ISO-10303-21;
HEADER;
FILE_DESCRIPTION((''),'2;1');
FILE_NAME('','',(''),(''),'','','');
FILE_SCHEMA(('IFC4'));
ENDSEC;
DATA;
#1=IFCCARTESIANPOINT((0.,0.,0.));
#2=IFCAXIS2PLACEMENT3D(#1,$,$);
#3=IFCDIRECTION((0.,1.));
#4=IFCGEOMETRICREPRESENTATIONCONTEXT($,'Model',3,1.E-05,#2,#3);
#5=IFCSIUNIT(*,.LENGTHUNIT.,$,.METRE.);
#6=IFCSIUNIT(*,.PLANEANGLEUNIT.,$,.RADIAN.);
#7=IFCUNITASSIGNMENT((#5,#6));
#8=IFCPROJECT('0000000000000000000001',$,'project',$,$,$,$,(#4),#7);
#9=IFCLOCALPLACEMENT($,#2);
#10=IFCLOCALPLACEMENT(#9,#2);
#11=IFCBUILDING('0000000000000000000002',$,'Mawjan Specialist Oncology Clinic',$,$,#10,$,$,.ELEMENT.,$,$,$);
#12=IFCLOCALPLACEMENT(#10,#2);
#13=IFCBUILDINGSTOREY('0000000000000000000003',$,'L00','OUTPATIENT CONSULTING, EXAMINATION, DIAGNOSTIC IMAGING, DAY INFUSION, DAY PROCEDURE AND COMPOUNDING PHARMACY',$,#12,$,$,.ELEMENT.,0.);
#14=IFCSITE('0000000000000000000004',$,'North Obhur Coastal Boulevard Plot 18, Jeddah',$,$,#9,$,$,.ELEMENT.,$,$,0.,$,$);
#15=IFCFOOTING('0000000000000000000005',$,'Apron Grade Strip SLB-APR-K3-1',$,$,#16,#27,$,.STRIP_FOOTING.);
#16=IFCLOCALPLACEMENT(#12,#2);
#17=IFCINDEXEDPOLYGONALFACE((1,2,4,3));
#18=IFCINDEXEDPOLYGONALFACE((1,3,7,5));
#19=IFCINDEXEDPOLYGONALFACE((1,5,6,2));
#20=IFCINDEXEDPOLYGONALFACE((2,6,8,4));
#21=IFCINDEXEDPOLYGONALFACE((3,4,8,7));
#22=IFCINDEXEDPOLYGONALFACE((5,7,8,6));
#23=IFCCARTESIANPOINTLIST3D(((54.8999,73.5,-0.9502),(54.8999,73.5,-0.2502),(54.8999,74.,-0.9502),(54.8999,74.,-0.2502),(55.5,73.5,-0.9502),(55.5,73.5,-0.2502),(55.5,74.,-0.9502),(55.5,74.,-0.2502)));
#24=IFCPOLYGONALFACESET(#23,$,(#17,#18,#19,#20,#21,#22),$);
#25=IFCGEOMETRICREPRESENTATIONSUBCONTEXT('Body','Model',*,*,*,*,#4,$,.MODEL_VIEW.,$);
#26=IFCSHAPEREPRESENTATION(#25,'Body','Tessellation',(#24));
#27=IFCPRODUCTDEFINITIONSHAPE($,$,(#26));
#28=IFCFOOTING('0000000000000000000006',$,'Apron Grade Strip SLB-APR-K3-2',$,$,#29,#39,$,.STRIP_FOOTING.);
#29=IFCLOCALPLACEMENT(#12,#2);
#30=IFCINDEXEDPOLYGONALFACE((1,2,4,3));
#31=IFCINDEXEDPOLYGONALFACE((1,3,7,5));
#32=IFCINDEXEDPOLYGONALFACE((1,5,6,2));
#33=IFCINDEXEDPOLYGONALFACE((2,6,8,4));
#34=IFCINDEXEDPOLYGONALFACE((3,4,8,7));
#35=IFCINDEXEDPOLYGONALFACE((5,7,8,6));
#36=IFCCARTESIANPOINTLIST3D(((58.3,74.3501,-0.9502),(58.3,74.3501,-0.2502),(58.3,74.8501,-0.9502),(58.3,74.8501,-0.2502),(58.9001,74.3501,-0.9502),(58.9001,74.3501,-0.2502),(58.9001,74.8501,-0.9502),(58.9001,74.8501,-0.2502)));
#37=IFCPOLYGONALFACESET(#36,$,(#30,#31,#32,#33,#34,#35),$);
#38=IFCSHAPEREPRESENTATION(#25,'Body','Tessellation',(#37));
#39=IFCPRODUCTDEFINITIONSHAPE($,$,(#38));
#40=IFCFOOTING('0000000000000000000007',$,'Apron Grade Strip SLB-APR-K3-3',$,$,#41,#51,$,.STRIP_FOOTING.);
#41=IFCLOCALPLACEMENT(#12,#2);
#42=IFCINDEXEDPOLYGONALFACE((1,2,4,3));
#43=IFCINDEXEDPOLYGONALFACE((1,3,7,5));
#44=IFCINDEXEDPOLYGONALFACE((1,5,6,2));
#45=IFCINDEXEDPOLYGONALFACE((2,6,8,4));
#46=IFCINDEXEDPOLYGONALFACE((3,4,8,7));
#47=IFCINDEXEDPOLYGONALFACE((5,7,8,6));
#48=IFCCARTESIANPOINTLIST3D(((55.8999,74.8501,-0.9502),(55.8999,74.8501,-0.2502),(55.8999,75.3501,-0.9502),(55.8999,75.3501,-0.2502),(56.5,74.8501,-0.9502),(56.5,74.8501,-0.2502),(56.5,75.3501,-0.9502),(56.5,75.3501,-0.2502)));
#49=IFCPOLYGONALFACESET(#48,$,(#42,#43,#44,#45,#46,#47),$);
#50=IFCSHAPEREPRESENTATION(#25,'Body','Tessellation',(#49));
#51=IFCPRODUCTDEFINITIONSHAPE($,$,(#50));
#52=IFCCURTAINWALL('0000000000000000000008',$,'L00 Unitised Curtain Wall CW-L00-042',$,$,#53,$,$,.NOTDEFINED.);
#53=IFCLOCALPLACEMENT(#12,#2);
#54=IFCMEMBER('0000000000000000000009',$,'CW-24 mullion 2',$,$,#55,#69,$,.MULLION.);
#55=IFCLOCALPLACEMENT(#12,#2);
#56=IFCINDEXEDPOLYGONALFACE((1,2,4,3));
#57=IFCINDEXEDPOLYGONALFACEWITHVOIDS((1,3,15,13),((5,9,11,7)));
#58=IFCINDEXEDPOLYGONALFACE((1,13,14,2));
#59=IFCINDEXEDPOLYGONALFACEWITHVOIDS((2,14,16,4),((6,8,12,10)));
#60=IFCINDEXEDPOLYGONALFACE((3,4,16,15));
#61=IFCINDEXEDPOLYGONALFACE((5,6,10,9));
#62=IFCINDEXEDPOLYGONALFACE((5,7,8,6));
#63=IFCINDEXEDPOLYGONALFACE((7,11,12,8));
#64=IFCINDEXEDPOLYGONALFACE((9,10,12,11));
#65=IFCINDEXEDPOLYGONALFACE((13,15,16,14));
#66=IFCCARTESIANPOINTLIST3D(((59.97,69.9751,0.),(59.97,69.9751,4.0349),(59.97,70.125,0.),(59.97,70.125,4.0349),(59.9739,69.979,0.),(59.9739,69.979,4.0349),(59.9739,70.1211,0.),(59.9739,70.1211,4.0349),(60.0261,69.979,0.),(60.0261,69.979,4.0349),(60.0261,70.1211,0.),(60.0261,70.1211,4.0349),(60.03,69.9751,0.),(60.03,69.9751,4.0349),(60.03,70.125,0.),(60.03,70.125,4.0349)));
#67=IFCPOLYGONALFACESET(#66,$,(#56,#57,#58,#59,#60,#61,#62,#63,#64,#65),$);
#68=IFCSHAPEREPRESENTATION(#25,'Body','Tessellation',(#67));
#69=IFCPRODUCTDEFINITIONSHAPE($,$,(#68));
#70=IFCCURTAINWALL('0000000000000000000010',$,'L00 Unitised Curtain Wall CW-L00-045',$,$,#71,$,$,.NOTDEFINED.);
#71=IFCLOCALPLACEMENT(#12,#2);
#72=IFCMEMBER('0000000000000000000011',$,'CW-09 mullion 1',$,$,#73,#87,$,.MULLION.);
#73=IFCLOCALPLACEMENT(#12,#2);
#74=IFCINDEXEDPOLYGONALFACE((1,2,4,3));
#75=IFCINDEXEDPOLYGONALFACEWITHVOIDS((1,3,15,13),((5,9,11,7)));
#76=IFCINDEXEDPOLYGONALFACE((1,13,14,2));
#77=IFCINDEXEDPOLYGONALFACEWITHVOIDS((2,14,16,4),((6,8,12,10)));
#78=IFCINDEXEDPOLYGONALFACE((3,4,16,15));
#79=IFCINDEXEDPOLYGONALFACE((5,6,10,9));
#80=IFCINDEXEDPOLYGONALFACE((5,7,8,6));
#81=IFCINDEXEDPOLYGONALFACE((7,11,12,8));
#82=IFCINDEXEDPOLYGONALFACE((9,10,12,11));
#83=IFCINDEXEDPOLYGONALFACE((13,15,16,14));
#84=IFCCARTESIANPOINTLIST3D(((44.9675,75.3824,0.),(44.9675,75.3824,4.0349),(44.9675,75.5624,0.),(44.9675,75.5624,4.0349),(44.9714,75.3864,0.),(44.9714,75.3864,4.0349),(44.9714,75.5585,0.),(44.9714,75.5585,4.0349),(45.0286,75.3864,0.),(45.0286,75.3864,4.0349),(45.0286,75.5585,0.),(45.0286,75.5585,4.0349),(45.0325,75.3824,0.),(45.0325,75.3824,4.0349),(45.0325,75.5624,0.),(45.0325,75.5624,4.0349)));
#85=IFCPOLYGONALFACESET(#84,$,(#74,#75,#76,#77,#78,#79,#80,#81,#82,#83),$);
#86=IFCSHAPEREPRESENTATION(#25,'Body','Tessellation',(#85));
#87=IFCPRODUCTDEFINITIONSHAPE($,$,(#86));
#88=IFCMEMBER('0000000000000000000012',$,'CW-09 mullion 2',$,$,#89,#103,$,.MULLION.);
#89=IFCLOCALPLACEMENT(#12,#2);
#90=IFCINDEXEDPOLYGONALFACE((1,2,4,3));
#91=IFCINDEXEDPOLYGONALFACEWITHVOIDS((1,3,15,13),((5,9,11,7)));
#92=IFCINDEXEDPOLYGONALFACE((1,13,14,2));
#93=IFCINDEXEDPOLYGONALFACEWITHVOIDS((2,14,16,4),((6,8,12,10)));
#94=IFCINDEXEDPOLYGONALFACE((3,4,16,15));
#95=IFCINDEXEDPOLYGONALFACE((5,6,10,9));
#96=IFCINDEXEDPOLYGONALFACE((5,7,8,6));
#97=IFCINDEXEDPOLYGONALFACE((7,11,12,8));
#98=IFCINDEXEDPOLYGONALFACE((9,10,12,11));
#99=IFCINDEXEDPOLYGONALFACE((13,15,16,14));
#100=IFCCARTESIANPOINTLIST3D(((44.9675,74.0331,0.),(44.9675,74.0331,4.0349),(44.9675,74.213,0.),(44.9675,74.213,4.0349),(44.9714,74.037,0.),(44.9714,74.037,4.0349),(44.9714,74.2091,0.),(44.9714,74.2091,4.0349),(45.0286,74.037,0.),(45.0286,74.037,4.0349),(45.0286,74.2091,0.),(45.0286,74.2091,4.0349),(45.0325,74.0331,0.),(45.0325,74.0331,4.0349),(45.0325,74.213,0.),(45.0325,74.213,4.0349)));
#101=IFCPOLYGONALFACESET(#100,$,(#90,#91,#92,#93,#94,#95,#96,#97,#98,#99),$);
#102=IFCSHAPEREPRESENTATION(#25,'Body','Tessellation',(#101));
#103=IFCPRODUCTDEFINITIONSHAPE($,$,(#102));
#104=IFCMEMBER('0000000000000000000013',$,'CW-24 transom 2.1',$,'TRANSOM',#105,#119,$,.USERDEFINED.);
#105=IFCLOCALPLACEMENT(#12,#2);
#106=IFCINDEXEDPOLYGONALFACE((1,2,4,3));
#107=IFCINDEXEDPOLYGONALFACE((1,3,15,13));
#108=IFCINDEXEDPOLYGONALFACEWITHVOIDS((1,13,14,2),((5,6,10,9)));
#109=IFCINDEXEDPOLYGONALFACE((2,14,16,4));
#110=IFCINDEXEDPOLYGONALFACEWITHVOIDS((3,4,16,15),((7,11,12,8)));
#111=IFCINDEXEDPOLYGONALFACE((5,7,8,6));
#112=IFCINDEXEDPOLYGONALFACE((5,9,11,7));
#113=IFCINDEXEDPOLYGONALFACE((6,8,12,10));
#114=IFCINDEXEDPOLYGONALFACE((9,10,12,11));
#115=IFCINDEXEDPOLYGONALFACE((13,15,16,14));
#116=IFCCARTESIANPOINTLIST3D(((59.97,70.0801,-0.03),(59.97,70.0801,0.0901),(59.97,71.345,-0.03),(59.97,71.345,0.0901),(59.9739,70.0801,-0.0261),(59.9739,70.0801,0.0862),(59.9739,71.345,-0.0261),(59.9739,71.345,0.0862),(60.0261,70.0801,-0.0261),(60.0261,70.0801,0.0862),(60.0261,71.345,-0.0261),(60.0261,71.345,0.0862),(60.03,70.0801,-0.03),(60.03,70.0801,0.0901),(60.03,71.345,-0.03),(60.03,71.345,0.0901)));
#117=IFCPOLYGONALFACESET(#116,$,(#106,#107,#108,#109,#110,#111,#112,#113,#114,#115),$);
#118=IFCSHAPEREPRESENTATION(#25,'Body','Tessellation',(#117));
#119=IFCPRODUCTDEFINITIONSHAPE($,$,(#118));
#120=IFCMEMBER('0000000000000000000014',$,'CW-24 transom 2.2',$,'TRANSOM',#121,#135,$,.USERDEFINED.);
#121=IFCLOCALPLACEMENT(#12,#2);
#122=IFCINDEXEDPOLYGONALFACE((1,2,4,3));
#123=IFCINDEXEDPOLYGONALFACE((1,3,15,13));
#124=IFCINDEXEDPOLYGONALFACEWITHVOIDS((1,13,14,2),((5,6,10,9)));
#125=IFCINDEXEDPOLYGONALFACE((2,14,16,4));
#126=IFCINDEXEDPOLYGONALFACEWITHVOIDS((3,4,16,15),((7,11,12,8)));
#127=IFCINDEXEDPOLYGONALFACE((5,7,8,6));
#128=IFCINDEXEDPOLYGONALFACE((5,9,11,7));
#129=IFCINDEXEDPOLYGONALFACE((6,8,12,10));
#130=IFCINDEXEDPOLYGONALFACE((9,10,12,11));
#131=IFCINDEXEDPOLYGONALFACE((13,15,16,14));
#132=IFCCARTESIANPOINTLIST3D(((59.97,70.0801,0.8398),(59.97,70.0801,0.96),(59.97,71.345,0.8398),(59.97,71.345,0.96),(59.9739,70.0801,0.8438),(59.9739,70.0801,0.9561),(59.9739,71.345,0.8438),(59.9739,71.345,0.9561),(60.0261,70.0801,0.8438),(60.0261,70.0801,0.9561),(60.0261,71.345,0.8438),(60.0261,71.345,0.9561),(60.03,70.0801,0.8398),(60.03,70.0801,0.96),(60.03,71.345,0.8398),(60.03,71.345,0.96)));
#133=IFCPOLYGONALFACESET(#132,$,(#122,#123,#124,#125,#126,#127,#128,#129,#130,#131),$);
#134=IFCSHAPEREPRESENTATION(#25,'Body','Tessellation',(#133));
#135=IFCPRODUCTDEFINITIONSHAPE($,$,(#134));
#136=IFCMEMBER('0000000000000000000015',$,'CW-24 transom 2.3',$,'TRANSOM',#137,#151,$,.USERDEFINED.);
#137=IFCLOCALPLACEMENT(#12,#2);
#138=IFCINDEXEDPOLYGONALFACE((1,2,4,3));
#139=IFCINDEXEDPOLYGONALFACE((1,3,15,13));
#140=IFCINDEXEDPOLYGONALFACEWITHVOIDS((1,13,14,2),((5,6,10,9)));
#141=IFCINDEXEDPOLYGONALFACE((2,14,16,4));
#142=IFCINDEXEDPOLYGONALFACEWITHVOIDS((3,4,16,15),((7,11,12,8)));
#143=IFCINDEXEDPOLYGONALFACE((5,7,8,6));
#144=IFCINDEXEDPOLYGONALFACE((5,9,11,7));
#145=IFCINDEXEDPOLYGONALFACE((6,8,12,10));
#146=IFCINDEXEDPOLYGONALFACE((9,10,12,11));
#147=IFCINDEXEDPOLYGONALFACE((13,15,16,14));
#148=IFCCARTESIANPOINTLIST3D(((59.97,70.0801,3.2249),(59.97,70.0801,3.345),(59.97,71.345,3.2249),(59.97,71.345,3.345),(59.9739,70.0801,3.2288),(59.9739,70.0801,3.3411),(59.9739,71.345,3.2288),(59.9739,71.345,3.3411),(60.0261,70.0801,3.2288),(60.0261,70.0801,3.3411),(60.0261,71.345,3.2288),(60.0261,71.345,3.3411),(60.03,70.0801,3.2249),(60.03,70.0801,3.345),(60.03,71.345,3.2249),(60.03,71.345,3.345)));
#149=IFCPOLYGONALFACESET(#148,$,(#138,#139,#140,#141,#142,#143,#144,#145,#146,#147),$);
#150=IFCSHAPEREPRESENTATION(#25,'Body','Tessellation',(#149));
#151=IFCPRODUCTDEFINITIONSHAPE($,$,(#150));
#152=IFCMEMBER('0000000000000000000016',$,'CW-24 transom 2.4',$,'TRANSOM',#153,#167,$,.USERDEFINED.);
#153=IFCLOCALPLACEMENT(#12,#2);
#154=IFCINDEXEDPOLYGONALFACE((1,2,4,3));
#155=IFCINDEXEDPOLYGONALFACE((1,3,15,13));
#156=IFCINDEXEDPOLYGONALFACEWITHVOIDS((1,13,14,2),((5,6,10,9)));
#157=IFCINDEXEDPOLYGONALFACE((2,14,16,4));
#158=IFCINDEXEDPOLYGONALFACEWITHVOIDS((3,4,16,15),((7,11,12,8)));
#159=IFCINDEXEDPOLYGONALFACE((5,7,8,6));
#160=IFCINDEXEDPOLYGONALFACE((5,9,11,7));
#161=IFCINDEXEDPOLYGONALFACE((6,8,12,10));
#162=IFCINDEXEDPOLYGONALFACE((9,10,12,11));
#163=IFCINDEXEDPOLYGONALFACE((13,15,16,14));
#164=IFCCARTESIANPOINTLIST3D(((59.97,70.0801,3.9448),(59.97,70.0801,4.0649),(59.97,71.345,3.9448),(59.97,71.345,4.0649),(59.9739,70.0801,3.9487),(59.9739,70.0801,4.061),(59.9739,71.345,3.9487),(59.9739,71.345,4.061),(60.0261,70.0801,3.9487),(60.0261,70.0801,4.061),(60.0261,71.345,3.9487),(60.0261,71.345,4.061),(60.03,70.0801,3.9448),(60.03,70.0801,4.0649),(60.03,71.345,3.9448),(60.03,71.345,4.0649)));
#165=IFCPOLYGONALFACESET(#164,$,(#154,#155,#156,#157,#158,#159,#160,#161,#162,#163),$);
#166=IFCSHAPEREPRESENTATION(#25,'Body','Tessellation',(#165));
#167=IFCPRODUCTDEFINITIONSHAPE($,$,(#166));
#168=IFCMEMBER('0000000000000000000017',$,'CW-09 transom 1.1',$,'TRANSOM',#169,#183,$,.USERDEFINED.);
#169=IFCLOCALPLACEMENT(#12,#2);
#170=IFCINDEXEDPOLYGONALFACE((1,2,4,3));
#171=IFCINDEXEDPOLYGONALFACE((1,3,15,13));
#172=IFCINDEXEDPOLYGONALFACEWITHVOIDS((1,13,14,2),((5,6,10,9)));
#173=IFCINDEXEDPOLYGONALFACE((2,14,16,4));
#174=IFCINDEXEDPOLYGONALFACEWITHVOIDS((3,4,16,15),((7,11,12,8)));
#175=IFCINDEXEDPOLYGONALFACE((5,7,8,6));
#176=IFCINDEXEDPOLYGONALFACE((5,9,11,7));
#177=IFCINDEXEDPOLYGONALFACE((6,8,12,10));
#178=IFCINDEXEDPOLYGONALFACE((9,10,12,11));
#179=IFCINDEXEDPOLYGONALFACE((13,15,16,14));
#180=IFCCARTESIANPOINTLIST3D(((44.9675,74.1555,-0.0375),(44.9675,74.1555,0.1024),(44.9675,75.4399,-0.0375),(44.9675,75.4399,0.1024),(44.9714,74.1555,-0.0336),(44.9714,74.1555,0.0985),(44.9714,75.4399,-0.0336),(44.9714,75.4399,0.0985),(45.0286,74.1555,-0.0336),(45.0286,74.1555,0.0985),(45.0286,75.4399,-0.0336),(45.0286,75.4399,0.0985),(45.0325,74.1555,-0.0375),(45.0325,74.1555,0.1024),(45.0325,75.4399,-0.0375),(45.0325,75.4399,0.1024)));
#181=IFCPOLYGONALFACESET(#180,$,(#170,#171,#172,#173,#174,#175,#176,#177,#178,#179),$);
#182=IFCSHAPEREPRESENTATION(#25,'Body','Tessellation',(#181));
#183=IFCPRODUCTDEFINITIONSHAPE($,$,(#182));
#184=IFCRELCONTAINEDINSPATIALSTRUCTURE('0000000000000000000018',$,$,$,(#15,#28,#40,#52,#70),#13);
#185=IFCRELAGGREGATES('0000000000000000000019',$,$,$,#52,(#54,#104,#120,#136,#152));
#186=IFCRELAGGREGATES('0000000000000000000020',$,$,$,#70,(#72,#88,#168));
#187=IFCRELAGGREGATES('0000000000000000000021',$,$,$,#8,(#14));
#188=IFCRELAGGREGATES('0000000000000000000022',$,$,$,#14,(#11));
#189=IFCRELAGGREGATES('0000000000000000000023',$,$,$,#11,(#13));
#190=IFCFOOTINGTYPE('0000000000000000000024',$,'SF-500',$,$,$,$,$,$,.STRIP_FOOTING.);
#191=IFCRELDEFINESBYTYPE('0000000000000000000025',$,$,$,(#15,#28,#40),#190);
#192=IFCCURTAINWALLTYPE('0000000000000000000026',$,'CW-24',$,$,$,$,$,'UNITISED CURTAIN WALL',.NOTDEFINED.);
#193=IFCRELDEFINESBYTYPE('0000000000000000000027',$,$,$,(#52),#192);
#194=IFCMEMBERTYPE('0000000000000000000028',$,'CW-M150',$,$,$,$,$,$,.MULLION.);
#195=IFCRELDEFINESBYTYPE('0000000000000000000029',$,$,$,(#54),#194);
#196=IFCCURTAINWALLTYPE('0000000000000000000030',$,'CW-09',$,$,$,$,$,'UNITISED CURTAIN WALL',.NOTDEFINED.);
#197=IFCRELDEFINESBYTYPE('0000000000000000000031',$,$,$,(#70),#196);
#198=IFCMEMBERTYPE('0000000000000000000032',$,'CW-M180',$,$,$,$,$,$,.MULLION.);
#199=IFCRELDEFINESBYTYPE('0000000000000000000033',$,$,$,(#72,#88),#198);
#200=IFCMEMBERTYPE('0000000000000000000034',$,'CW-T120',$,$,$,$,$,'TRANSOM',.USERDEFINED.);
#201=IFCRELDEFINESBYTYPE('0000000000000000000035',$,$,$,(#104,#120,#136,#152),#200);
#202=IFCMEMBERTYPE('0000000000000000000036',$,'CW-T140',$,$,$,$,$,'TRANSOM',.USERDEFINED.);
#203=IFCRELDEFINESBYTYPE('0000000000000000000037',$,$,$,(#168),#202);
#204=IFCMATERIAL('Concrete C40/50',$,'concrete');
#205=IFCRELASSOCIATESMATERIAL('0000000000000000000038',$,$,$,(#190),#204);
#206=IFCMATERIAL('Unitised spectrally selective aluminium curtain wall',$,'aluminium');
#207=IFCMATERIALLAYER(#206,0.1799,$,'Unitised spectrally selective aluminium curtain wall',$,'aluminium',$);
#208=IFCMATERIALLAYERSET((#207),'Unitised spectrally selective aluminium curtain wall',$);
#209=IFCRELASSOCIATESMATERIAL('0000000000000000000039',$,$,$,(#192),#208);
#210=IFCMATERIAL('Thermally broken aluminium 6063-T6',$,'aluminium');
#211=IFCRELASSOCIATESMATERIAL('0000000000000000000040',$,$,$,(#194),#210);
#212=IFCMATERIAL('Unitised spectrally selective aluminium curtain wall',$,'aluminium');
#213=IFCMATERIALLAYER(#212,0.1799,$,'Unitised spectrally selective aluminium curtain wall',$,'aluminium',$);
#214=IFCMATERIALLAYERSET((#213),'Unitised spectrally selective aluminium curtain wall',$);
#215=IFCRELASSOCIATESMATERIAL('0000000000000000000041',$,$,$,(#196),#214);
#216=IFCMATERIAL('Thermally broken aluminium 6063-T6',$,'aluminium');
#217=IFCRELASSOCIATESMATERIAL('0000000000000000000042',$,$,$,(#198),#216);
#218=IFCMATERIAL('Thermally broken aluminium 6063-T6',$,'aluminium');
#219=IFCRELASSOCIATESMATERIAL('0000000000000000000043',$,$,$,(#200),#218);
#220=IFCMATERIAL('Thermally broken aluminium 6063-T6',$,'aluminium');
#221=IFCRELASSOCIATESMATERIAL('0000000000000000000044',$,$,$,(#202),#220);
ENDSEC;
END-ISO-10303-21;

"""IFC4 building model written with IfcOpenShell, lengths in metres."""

from ifc_helpers import new_model, si_unit, direction, frame, origin, origin_2d, place, context, subcontext, project, spatial, rectangle, hollow_rectangle, extrude, material, layer, layer_set, material_profile, profile_set, type_object, element, aggregate, save


model = new_model("IFC4")

# Units and contexts
model_context = context("Model", 3, precision=1e-05, world=origin(), true_north=direction((0.0, 1.0)))
body_context = subcontext(model_context, "Body", "Model", "MODEL_VIEW")
ifc_project = project(units=[si_unit("LENGTHUNIT", "METRE"), si_unit("PLANEANGLEUNIT", "RADIAN")], contexts=[model_context])

# Site, building, storey
site_placement = place(None, origin())
site = spatial("IfcSite", under=ifc_project, at=site_placement, Name="North Obhur Coastal Boulevard Plot 18, Jeddah", CompositionType="ELEMENT", RefElevation=0.0)
building_placement = place(site_placement, origin())
building = spatial("IfcBuilding", under=site, at=building_placement, Name="Mawjan Specialist Oncology Clinic", CompositionType="ELEMENT")
storey_placement = place(building_placement, origin())
storey = spatial("IfcBuildingStorey", under=building, at=storey_placement, Name="L00", Description="OUTPATIENT CONSULTING, EXAMINATION, DIAGNOSTIC IMAGING, DAY INFUSION, DAY PROCEDURE AND COMPOUNDING PHARMACY", CompositionType="ELEMENT", Elevation=0.0)

# Footings
ifc_material_1 = material(Name="Concrete C40/50", Category="concrete")
footing_type = type_object("IfcFootingType", Name="SF-500", PredefinedType="STRIP_FOOTING", material=ifc_material_1)
for number, where, z_axis, x_axis, name in (
    (1, (55.2, 73.75, -0.9502), (0.0, 0.0, 1.0), (1.0, 0.0, 0.0), "Apron Grade Strip SLB-APR-K3-1"),
    (2, (58.6001, 74.6001, -0.9502), (0.0, 0.0, 1.0), (1.0, 0.0, 0.0), "Apron Grade Strip SLB-APR-K3-2"),
    (3, (56.2, 75.1001, -0.9502), (0.0, 0.0, 1.0), (1.0, 0.0, 0.0), "Apron Grade Strip SLB-APR-K3-3"),
):
    element("IfcFooting", number, at=place(storey_placement, frame(where, z_axis=z_axis, x_axis=x_axis)), inside=storey, type_object=footing_type, Name=name, PredefinedType="STRIP_FOOTING", context=body_context, shape_type="SweptSolid", body=[
        extrude(rectangle(XDim=0.6001, YDim=0.5, at=origin_2d()), origin(), (0.0, 0.0, 1.0), 0.7),
    ])

# Curtain wall, member
ifc_material_2 = material(Name="Unitised spectrally selective aluminium curtain wall", Category="aluminium")
ifc_layer_1 = layer(ifc_material_2, 0.1799, Name="Unitised spectrally selective aluminium curtain wall", Category="aluminium")
ifc_layer_set_1 = layer_set([ifc_layer_1], Name="Unitised spectrally selective aluminium curtain wall")
curtain_wall_type_1 = type_object("IfcCurtainWallType", Name="CW-24", ElementType="UNITISED CURTAIN WALL", PredefinedType="NOTDEFINED", material=ifc_layer_set_1)
curtain_wall_1_placement = place(storey_placement, origin())
curtain_wall_1 = element("IfcCurtainWall", 4, at=curtain_wall_1_placement, inside=storey, type_object=curtain_wall_type_1, Name="L00 Unitised Curtain Wall CW-L00-042", PredefinedType="NOTDEFINED")
ifc_material_3 = material(Name="Thermally broken aluminium 6063-T6", Category="aluminium")
ifc_material_profile_1 = material_profile(ifc_material_3, hollow_rectangle(XDim=0.0601, YDim=0.1499, WallThickness=0.0039, at=origin_2d()), Name="ALU MULLION 150x60x4", Category="aluminium")
ifc_profile_set_1 = profile_set([ifc_material_profile_1], Name="Thermally broken aluminium 6063-T6")
member_type_1 = type_object("IfcMemberType", Name="CW-M150", PredefinedType="MULLION", material=ifc_profile_set_1)
member_1_placement = place(storey_placement, frame((60.0, 70.05, 0.0), z_axis=(0.0, 0.0, 1.0), x_axis=(-1.0, 0.0, 0.0)))
member_1 = element("IfcMember", 5, at=member_1_placement, type_object=member_type_1, Name="CW-24 mullion 2", PredefinedType="MULLION", context=body_context, shape_type="SweptSolid", body=[
    extrude(hollow_rectangle(XDim=0.0601, YDim=0.1499, WallThickness=0.0039, at=origin_2d()), origin(), (0.0, 0.0, 1.0), 4.0349),
])

# Curtain wall, members
ifc_material_4 = material(Name="Unitised spectrally selective aluminium curtain wall", Category="aluminium")
ifc_layer_2 = layer(ifc_material_4, 0.1799, Name="Unitised spectrally selective aluminium curtain wall", Category="aluminium")
ifc_layer_set_2 = layer_set([ifc_layer_2], Name="Unitised spectrally selective aluminium curtain wall")
curtain_wall_type_2 = type_object("IfcCurtainWallType", Name="CW-09", ElementType="UNITISED CURTAIN WALL", PredefinedType="NOTDEFINED", material=ifc_layer_set_2)
curtain_wall_2_placement = place(storey_placement, origin())
curtain_wall_2 = element("IfcCurtainWall", 6, at=curtain_wall_2_placement, inside=storey, type_object=curtain_wall_type_2, Name="L00 Unitised Curtain Wall CW-L00-045", PredefinedType="NOTDEFINED")
ifc_material_5 = material(Name="Thermally broken aluminium 6063-T6", Category="aluminium")
ifc_material_profile_2 = material_profile(ifc_material_5, hollow_rectangle(XDim=0.0649, YDim=0.1799, WallThickness=0.0039, at=origin_2d()), Name="ALU MULLION 180x65x4", Category="aluminium")
ifc_profile_set_2 = profile_set([ifc_material_profile_2], Name="Thermally broken aluminium 6063-T6")
member_type_2 = type_object("IfcMemberType", Name="CW-M180", PredefinedType="MULLION", material=ifc_profile_set_2)
member_2_placement = place(storey_placement, frame((45.0, 75.4724, 0.0), z_axis=(0.0, 0.0, 1.0), x_axis=(1.0, 0.0, 0.0)))
member_2 = element("IfcMember", 7, at=member_2_placement, type_object=member_type_2, Name="CW-09 mullion 1", PredefinedType="MULLION", context=body_context, shape_type="SweptSolid", body=[
    extrude(hollow_rectangle(XDim=0.0649, YDim=0.1799, WallThickness=0.0039, at=origin_2d()), origin(), (0.0, 0.0, 1.0), 4.0349),
])
member_3_placement = place(storey_placement, frame((45.0, 74.123, 0.0), z_axis=(0.0, 0.0, 1.0), x_axis=(1.0, 0.0, 0.0)))
member_3 = element("IfcMember", 8, at=member_3_placement, type_object=member_type_2, Name="CW-09 mullion 2", PredefinedType="MULLION", context=body_context, shape_type="SweptSolid", body=[
    extrude(hollow_rectangle(XDim=0.0649, YDim=0.1799, WallThickness=0.0039, at=origin_2d()), origin(), (0.0, 0.0, 1.0), 4.0349),
])

# Members
ifc_material_6 = material(Name="Thermally broken aluminium 6063-T6", Category="aluminium")
ifc_material_profile_3 = material_profile(ifc_material_6, hollow_rectangle(XDim=0.0601, YDim=0.1201, WallThickness=0.0039, at=origin_2d()), Name="ALU TRANSOM 120x60x4", Category="aluminium")
ifc_profile_set_3 = profile_set([ifc_material_profile_3], Name="Thermally broken aluminium 6063-T6")
member_type_3 = type_object("IfcMemberType", Name="CW-T120", ElementType="TRANSOM", PredefinedType="USERDEFINED", material=ifc_profile_set_3)
member_4_placement = place(storey_placement, frame((60.0, 70.0801, 0.03), z_axis=(0.0, 1.0, 0.0), x_axis=(-1.0, 0.0, 0.0)))
member_4 = element("IfcMember", 9, at=member_4_placement, type_object=member_type_3, Name="CW-24 transom 2.1", ObjectType="TRANSOM", PredefinedType="USERDEFINED", context=body_context, shape_type="SweptSolid", body=[
    extrude(hollow_rectangle(XDim=0.0601, YDim=0.1201, WallThickness=0.0039, at=origin_2d()), origin(), (0.0, 0.0, 1.0), 1.2649),
])
member_5_placement = place(storey_placement, frame((60.0, 70.0801, 0.8999), z_axis=(0.0, 1.0, 0.0), x_axis=(-1.0, 0.0, 0.0)))
member_5 = element("IfcMember", 10, at=member_5_placement, type_object=member_type_3, Name="CW-24 transom 2.2", ObjectType="TRANSOM", PredefinedType="USERDEFINED", context=body_context, shape_type="SweptSolid", body=[
    extrude(hollow_rectangle(XDim=0.0601, YDim=0.1201, WallThickness=0.0039, at=origin_2d()), origin(), (0.0, 0.0, 1.0), 1.2649),
])
member_6_placement = place(storey_placement, frame((60.0, 70.0801, 3.2849), z_axis=(0.0, 1.0, 0.0), x_axis=(-1.0, 0.0, 0.0)))
member_6 = element("IfcMember", 11, at=member_6_placement, type_object=member_type_3, Name="CW-24 transom 2.3", ObjectType="TRANSOM", PredefinedType="USERDEFINED", context=body_context, shape_type="SweptSolid", body=[
    extrude(hollow_rectangle(XDim=0.0601, YDim=0.1201, WallThickness=0.0039, at=origin_2d()), origin(), (0.0, 0.0, 1.0), 1.2649),
])
member_7_placement = place(storey_placement, frame((60.0, 70.0801, 4.0049), z_axis=(0.0, 1.0, 0.0), x_axis=(-1.0, 0.0, 0.0)))
member_7 = element("IfcMember", 12, at=member_7_placement, type_object=member_type_3, Name="CW-24 transom 2.4", ObjectType="TRANSOM", PredefinedType="USERDEFINED", context=body_context, shape_type="SweptSolid", body=[
    extrude(hollow_rectangle(XDim=0.0601, YDim=0.1201, WallThickness=0.0039, at=origin_2d()), origin(), (0.0, 0.0, 1.0), 1.2649),
])
ifc_material_7 = material(Name="Thermally broken aluminium 6063-T6", Category="aluminium")
ifc_material_profile_4 = material_profile(ifc_material_7, hollow_rectangle(XDim=0.0649, YDim=0.1399, WallThickness=0.0039, at=origin_2d()), Name="ALU TRANSOM 140x65x4", Category="aluminium")
ifc_profile_set_4 = profile_set([ifc_material_profile_4], Name="Thermally broken aluminium 6063-T6")
member_type_4 = type_object("IfcMemberType", Name="CW-T140", ElementType="TRANSOM", PredefinedType="USERDEFINED", material=ifc_profile_set_4)
member_8_placement = place(storey_placement, frame((45.0, 75.4399, 0.0325), z_axis=(0.0, -1.0, 0.0), x_axis=(1.0, 0.0, 0.0)))
member_8 = element("IfcMember", 13, at=member_8_placement, type_object=member_type_4, Name="CW-09 transom 1.1", ObjectType="TRANSOM", PredefinedType="USERDEFINED", context=body_context, shape_type="SweptSolid", body=[
    extrude(hollow_rectangle(XDim=0.0649, YDim=0.1399, WallThickness=0.0039, at=origin_2d()), origin(), (0.0, 0.0, 1.0), 1.2844),
])

aggregate(curtain_wall_1, [member_1, member_4, member_5, member_6, member_7])
aggregate(curtain_wall_2, [member_2, member_3, member_8])

save(model, "model.ifc")
